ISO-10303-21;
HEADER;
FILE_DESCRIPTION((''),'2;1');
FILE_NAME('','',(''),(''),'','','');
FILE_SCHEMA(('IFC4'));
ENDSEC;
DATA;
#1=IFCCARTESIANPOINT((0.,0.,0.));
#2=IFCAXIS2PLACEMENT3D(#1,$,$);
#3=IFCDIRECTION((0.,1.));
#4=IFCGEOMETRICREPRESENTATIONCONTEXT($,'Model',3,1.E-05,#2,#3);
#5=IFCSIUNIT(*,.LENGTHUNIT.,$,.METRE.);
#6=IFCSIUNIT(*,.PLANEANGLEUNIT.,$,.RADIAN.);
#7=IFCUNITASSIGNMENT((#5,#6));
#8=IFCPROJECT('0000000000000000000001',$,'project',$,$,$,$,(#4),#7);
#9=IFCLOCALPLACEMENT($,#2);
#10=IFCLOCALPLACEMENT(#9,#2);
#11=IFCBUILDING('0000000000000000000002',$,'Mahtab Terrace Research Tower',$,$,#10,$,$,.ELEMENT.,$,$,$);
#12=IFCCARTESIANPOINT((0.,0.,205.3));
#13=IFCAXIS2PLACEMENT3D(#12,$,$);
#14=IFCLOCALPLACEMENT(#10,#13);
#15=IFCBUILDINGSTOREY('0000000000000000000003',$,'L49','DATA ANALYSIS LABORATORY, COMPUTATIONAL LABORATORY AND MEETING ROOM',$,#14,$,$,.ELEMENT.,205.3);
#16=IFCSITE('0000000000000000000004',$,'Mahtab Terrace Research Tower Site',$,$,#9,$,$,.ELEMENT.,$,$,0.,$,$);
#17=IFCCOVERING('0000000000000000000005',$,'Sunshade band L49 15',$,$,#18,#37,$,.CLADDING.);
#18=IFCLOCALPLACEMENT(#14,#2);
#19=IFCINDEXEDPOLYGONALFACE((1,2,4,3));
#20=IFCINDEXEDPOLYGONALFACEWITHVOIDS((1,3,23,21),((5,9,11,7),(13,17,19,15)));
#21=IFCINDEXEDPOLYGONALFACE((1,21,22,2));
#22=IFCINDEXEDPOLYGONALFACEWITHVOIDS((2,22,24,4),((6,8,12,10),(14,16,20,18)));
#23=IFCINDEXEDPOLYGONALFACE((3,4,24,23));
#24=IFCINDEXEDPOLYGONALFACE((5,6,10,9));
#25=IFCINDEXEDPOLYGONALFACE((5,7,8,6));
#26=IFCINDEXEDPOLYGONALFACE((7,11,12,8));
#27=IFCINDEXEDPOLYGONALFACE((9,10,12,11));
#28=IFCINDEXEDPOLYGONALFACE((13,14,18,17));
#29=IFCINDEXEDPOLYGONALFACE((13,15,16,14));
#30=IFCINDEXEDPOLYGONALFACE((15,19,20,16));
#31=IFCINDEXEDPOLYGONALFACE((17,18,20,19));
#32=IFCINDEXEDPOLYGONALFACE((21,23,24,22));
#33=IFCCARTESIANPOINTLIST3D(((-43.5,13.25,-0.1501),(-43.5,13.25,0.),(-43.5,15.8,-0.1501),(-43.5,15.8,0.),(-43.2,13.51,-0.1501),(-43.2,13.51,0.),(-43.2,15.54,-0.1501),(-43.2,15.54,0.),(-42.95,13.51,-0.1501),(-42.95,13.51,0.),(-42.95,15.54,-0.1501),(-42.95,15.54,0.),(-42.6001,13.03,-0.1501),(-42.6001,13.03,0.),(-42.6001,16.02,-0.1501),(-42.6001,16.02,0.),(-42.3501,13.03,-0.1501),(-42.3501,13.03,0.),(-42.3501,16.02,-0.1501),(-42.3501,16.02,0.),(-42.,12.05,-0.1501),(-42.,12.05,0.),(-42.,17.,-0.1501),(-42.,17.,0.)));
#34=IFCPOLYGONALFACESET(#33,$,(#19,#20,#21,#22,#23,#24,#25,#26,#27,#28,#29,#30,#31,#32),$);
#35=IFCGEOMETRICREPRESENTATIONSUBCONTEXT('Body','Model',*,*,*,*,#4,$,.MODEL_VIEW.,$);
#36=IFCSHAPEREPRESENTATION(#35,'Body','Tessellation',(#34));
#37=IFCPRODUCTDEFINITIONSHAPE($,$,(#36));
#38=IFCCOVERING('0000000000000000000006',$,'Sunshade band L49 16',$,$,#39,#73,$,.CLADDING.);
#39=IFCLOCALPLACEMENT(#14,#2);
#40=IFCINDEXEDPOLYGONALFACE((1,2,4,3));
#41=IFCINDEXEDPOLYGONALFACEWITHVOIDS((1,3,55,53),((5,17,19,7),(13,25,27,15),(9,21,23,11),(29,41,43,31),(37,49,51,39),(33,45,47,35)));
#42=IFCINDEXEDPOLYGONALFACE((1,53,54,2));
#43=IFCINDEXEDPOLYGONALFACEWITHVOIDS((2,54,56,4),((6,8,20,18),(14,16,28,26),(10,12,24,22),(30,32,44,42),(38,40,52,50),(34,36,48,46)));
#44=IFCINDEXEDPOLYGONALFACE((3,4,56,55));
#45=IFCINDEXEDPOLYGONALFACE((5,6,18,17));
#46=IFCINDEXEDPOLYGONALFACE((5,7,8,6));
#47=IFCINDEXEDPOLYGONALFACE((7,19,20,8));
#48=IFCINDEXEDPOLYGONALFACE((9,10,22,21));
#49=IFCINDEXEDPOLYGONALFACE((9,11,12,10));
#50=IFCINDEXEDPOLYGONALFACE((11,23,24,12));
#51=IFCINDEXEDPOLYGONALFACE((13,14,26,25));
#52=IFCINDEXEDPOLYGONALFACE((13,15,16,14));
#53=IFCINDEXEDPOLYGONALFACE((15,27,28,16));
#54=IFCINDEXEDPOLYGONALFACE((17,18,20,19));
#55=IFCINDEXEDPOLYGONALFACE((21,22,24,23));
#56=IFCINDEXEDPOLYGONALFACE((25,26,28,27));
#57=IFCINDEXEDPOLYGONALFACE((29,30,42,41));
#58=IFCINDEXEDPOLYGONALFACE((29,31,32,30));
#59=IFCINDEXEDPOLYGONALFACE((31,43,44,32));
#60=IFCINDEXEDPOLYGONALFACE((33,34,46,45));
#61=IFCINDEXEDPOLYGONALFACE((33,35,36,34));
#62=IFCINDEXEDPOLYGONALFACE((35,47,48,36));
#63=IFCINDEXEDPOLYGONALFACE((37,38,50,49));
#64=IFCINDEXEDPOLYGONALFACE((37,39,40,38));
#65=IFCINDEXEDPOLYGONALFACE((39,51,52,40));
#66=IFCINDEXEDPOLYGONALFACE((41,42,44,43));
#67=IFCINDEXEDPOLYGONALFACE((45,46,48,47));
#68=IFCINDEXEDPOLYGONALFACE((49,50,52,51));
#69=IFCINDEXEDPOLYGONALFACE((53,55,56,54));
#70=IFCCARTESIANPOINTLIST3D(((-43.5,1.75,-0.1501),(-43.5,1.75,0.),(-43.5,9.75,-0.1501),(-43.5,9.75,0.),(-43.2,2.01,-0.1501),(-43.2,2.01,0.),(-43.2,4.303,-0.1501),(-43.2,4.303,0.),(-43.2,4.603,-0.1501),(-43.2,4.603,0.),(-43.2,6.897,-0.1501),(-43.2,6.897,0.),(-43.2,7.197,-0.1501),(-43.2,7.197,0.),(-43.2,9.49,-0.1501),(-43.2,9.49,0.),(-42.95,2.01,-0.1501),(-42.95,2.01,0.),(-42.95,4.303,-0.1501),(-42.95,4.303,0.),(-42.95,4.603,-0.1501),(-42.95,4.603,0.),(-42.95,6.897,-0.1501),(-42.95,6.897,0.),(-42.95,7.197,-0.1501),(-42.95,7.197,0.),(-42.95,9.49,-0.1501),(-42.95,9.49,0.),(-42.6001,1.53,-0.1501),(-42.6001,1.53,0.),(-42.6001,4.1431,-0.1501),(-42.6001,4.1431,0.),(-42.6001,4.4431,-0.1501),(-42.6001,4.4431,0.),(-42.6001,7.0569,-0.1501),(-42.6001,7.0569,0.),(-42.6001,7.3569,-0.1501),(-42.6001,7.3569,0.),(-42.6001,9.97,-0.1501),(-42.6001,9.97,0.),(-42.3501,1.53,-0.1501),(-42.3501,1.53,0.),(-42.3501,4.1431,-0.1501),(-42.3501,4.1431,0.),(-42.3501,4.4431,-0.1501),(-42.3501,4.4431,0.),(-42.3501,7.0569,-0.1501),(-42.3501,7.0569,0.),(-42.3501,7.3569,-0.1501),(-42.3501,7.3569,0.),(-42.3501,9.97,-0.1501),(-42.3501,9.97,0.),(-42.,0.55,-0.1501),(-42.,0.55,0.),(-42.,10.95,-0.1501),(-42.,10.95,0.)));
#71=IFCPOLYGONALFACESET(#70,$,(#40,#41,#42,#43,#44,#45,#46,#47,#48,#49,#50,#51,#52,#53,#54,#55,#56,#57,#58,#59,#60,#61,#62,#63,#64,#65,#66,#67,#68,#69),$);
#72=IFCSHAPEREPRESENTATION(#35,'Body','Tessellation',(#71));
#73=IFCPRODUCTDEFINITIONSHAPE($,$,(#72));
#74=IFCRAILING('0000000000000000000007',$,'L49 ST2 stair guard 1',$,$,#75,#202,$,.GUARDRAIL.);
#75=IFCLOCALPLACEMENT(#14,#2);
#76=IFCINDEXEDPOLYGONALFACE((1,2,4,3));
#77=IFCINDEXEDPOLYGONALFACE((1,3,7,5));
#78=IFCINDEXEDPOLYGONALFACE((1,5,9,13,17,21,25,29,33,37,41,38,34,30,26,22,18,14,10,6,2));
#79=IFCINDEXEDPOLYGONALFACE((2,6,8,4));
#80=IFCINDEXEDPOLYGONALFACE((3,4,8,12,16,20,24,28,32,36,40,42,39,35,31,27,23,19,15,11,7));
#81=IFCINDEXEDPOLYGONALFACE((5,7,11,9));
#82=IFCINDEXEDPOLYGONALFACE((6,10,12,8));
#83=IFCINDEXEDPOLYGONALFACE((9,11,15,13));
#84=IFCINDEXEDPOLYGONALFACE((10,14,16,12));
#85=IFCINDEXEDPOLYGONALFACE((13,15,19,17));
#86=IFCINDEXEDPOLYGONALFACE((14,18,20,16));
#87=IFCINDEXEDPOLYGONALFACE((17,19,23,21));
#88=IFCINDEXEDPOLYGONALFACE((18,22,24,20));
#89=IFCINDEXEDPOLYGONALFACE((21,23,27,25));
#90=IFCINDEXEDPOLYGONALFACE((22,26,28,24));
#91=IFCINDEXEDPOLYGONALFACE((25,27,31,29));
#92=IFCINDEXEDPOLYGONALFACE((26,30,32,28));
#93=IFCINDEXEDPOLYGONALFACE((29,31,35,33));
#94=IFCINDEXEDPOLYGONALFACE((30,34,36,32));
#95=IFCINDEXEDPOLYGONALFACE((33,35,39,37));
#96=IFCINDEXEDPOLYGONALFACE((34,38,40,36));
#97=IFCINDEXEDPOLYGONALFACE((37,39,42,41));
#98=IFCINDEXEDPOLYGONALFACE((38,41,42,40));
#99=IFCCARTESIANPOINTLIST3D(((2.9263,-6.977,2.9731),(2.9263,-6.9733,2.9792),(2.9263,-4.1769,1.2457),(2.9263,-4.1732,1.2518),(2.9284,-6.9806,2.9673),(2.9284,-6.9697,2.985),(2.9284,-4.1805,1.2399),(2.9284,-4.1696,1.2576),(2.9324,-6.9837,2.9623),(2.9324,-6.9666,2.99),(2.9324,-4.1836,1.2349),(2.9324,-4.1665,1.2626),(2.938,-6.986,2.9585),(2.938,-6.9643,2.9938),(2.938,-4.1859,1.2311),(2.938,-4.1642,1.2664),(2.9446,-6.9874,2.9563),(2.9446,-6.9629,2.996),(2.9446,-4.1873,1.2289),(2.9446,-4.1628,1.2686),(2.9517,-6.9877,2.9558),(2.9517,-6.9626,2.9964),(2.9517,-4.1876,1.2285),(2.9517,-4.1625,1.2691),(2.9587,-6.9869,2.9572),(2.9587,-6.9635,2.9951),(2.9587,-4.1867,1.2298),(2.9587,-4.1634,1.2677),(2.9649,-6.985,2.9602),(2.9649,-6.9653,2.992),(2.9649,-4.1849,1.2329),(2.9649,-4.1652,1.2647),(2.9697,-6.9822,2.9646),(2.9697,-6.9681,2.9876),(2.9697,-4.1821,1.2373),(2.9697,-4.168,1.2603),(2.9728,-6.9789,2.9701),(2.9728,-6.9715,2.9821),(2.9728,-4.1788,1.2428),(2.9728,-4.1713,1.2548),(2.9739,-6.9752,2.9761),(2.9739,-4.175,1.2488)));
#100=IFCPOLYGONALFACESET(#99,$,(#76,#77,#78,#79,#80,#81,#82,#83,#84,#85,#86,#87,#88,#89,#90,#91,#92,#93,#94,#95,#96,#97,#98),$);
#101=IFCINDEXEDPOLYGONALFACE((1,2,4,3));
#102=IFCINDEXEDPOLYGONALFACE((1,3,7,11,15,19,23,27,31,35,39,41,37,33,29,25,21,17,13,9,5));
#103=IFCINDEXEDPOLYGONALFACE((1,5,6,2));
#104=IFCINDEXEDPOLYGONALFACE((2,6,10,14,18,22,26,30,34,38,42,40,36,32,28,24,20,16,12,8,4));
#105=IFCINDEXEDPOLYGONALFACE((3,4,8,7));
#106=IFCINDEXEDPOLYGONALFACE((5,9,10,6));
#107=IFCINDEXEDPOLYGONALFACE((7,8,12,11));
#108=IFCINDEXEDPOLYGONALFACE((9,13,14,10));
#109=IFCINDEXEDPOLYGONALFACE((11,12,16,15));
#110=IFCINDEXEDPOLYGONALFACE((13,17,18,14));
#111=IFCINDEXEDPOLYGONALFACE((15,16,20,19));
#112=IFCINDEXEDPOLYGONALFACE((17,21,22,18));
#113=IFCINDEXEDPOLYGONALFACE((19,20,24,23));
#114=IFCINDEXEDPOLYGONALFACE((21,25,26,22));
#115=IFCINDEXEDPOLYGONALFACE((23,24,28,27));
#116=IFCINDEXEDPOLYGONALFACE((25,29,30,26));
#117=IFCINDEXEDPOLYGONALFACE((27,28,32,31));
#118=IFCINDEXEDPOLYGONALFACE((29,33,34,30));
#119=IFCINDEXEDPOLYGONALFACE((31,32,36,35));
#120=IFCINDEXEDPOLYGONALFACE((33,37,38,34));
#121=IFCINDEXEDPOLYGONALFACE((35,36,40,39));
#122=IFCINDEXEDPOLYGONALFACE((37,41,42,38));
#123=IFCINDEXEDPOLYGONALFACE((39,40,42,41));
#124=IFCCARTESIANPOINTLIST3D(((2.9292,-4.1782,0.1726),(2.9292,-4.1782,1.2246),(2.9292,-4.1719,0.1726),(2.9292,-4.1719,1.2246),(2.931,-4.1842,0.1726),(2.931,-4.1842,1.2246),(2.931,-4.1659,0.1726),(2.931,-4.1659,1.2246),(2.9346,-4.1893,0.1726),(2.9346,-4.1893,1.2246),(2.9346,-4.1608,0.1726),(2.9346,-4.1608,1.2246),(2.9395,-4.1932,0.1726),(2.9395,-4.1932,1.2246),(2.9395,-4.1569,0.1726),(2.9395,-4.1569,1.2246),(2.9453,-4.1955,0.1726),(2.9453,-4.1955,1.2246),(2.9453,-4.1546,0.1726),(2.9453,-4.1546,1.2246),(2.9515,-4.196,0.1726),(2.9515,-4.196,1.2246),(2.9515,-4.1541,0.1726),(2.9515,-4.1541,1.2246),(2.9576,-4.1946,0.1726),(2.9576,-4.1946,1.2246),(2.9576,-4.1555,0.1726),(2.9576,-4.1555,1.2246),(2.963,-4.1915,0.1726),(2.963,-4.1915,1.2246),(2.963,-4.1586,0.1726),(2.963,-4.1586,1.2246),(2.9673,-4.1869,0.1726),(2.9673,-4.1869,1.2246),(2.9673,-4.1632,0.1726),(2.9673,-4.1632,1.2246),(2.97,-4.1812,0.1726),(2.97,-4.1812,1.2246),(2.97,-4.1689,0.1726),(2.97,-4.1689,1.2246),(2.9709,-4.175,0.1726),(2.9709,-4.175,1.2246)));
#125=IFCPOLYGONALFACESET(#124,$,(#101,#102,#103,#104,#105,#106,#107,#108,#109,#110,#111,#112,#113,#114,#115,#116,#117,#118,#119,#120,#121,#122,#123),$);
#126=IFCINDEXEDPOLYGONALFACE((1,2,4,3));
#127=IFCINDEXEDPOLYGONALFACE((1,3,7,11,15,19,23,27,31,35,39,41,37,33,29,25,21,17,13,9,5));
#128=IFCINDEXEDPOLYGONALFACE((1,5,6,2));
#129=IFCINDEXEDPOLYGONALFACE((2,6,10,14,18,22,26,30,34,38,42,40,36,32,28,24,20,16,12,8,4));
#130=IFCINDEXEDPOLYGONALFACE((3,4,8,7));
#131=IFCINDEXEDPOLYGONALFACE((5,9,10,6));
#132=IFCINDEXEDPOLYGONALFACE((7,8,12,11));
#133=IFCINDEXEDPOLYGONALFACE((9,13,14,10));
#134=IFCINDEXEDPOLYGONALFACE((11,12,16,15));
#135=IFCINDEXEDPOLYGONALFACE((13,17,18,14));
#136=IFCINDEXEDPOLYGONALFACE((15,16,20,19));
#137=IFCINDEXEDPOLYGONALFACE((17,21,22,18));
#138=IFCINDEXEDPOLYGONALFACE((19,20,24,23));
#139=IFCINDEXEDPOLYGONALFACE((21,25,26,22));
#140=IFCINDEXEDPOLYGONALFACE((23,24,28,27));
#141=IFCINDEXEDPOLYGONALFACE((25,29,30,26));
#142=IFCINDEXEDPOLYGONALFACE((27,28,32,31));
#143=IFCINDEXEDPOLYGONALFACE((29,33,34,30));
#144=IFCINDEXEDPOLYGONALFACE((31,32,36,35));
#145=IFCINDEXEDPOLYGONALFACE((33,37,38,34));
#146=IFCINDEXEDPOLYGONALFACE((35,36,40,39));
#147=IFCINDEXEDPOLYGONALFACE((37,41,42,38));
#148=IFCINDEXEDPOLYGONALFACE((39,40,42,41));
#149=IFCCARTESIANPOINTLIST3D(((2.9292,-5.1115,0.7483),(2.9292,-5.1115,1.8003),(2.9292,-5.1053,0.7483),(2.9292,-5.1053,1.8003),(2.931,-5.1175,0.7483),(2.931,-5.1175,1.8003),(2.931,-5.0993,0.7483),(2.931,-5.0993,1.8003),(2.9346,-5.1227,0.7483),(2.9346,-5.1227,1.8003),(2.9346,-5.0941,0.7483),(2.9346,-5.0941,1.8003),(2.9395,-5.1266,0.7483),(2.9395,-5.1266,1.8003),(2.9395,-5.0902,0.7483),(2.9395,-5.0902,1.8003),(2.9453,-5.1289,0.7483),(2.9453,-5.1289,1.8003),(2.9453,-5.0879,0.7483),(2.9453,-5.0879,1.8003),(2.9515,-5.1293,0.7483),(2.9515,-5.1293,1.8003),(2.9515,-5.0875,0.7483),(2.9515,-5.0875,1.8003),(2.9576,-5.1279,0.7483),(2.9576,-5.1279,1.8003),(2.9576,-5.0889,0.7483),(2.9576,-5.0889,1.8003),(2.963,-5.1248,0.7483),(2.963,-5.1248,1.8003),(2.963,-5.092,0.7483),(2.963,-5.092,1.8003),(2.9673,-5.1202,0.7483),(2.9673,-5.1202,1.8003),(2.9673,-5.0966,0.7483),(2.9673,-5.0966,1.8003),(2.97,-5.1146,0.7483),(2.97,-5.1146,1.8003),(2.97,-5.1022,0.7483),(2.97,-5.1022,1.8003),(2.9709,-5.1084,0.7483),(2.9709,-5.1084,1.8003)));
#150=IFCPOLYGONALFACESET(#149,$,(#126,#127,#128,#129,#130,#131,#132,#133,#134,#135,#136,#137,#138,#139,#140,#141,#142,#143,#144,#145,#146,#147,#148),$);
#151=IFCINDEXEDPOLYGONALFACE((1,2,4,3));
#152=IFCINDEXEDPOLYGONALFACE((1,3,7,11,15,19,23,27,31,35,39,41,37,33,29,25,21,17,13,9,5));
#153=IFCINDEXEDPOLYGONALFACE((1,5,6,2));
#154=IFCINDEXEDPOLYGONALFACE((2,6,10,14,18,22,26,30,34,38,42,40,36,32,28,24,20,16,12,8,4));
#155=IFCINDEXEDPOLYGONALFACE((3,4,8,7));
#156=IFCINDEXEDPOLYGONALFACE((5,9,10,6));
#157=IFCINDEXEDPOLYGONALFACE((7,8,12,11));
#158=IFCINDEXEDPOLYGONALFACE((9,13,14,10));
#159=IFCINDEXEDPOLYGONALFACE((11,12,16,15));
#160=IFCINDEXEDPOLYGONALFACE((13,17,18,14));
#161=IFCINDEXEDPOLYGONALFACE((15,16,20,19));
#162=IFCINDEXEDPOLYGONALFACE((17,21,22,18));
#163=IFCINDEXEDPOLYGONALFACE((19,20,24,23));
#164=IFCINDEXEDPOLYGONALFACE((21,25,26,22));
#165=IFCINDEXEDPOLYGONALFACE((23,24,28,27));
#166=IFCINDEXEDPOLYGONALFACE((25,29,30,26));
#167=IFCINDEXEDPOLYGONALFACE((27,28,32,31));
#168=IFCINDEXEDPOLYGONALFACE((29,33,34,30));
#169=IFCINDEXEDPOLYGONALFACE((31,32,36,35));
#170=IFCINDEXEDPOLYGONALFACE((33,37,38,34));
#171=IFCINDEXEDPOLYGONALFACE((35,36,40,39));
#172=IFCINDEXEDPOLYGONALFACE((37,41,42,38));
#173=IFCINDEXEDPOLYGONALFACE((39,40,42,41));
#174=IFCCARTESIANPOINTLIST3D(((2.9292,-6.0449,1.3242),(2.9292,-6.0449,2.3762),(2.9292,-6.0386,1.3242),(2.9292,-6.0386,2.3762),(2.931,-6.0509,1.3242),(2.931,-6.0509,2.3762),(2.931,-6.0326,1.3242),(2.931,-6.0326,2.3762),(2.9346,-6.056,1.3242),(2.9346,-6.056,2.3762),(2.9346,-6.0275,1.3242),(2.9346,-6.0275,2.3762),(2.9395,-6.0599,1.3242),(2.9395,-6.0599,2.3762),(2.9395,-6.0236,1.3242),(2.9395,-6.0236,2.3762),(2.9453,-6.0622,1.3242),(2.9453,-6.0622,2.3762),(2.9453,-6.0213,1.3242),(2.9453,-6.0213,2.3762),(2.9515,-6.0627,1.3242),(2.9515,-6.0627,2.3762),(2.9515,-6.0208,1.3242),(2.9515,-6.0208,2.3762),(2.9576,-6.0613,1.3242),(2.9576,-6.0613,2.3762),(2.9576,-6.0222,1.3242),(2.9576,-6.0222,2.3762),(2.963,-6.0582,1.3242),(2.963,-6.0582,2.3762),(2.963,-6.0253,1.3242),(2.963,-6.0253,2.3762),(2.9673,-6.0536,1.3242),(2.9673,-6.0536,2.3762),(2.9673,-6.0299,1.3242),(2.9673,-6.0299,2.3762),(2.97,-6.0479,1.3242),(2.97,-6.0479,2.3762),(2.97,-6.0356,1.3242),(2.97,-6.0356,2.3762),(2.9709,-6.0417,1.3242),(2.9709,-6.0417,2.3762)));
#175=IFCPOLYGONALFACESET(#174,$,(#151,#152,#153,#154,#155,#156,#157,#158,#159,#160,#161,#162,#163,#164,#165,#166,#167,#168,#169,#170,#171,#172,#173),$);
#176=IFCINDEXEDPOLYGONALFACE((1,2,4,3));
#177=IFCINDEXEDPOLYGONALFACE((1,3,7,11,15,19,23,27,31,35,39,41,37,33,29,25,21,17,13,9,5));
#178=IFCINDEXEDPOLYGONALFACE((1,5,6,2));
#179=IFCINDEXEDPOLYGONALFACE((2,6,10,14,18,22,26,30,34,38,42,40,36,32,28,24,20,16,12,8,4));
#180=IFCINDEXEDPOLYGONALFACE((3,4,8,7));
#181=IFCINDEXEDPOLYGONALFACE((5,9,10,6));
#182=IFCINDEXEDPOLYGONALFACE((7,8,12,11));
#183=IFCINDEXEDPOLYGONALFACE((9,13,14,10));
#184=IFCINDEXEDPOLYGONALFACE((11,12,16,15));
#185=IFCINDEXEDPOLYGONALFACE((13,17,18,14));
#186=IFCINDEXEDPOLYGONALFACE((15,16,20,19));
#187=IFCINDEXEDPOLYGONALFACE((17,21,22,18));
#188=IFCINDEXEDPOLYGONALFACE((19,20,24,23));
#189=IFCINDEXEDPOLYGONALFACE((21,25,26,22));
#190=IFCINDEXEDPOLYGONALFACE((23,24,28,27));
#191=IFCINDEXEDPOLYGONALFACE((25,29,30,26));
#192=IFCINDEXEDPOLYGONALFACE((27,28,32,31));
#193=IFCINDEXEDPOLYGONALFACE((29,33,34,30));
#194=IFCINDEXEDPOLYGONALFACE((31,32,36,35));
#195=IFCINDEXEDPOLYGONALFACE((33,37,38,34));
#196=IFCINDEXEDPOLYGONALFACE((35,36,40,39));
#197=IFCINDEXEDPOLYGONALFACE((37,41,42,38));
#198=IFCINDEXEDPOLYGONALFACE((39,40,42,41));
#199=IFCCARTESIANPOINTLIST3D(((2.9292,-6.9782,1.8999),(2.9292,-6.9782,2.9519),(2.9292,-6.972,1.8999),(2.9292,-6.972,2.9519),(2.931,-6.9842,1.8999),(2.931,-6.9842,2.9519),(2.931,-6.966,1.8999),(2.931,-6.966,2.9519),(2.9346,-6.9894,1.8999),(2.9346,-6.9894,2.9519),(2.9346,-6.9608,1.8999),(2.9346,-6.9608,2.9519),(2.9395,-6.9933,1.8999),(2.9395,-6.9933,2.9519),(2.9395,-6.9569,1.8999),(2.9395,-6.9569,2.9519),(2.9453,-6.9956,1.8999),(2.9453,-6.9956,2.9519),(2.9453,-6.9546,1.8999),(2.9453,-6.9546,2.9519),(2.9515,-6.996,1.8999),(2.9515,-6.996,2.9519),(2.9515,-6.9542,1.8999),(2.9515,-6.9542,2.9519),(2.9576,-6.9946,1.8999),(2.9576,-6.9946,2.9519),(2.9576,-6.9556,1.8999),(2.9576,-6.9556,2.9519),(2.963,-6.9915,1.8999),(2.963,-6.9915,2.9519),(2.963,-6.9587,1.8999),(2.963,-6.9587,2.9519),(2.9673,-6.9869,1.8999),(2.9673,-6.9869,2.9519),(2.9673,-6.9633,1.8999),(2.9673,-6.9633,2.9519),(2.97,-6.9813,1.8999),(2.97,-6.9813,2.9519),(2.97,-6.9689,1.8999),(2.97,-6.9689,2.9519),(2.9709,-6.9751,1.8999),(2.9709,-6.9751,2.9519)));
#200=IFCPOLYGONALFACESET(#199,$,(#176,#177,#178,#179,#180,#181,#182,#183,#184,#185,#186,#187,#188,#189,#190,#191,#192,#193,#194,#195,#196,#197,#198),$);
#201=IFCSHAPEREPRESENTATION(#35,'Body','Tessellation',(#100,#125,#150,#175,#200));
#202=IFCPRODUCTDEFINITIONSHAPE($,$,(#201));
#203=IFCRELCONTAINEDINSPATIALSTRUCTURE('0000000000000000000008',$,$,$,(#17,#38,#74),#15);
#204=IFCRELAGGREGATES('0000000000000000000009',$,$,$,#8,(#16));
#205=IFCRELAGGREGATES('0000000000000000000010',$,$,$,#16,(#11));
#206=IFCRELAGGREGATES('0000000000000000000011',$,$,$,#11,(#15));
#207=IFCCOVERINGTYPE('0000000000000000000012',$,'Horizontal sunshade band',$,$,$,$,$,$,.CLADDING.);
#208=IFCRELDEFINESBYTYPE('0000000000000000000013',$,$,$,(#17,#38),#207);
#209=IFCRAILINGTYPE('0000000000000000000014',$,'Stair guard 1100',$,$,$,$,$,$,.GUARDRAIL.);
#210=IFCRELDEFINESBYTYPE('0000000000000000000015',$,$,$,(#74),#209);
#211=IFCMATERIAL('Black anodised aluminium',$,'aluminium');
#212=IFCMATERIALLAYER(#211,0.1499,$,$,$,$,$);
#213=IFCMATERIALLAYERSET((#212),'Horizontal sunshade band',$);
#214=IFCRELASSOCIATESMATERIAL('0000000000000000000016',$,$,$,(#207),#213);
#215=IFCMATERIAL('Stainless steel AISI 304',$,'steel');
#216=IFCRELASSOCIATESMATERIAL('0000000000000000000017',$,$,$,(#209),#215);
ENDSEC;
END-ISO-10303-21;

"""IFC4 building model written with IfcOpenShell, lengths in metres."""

from ifc_helpers import new_model, si_unit, direction, frame, origin, origin_2d, place, context, subcontext, project, spatial, polyline, circle, outline, extrude, material, layer, layer_set, type_object, element, save


model = new_model("IFC4")

# Units and contexts
model_context = context("Model", 3, precision=1e-05, world=origin(), true_north=direction((0.0, 1.0)))
body_context = subcontext(model_context, "Body", "Model", "MODEL_VIEW")
ifc_project = project(units=[si_unit("LENGTHUNIT", "METRE"), si_unit("PLANEANGLEUNIT", "RADIAN")], contexts=[model_context])

# Site, building, storey
site_placement = place(None, origin())
site = spatial("IfcSite", under=ifc_project, at=site_placement, Name="Mahtab Terrace Research Tower Site", CompositionType="ELEMENT", RefElevation=0.0)
building_placement = place(site_placement, origin())
building = spatial("IfcBuilding", under=site, at=building_placement, Name="Mahtab Terrace Research Tower", CompositionType="ELEMENT")
storey_placement = place(building_placement, frame((0.0, 0.0, 205.3)))
storey = spatial("IfcBuildingStorey", under=building, at=storey_placement, Name="L49", Description="DATA ANALYSIS LABORATORY, COMPUTATIONAL LABORATORY AND MEETING ROOM", CompositionType="ELEMENT", Elevation=205.3)

# Coverings
ifc_material_1 = material(Name="Black anodised aluminium", Category="aluminium")
ifc_layer_1 = layer(ifc_material_1, 0.1499)
ifc_layer_set_1 = layer_set([ifc_layer_1], Name="Horizontal sunshade band")
covering_type = type_object("IfcCoveringType", Name="Horizontal sunshade band", PredefinedType="CLADDING", material=ifc_layer_set_1)
covering_1_placement = place(storey_placement, frame((0.0, 0.0, -0.1501)))
element("IfcCovering", 1, at=covering_1_placement, inside=storey, type_object=covering_type, Name="Sunshade band L49 15", PredefinedType="CLADDING", context=body_context, shape_type="SweptSolid", body=[
    extrude(outline(polyline([(-42.0, 17.0), (-42.0, 12.05), (-43.5, 13.25), (-43.5, 15.8), (-42.0, 17.0)]), holes=[polyline([(-42.3501, 16.02), (-42.3501, 13.03), (-42.6001, 13.03), (-42.6001, 16.02), (-42.3501, 16.02)]), polyline([(-42.95, 15.54), (-42.95, 13.51), (-43.2, 13.51), (-43.2, 15.54), (-42.95, 15.54)])]), origin(), (0.0, 0.0, 1.0), 0.1501),
])
covering_2_placement = place(storey_placement, frame((0.0, 0.0, -0.1501)))
element("IfcCovering", 2, at=covering_2_placement, inside=storey, type_object=covering_type, Name="Sunshade band L49 16", PredefinedType="CLADDING", context=body_context, shape_type="SweptSolid", body=[
    extrude(outline(polyline([(-42.0, 10.95), (-42.0, 0.55), (-43.5, 1.75), (-43.5, 9.75), (-42.0, 10.95)]), holes=[polyline([(-42.3501, 9.97), (-42.3501, 7.3569), (-42.6001, 7.3569), (-42.6001, 9.97), (-42.3501, 9.97)]), polyline([(-42.3501, 7.0569), (-42.3501, 4.4431), (-42.6001, 4.4431), (-42.6001, 7.0569), (-42.3501, 7.0569)]), polyline([(-42.3501, 4.1431), (-42.3501, 1.53), (-42.6001, 1.53), (-42.6001, 4.1431), (-42.3501, 4.1431)]), polyline([(-42.95, 9.49), (-42.95, 7.197), (-43.2, 7.197), (-43.2, 9.49), (-42.95, 9.49)]), polyline([(-42.95, 6.897), (-42.95, 4.603), (-43.2, 4.603), (-43.2, 6.897), (-42.95, 6.897)]), polyline([(-42.95, 4.303), (-42.95, 2.01), (-43.2, 2.01), (-43.2, 4.303), (-42.95, 4.303)])]), origin(), (0.0, 0.0, 1.0), 0.1501),
])

# Railing
ifc_material_2 = material(Name="Stainless steel AISI 304", Category="steel")
railing_type_1 = type_object("IfcRailingType", Name="Stair guard 1100", PredefinedType="GUARDRAIL", material=ifc_material_2)
railing_1_placement = place(storey_placement, frame((2.95, -4.175, 0.1726)))
element("IfcRailing", 3, at=railing_1_placement, inside=storey, type_object=railing_type_1, Name="L49 ST2 stair guard 1", PredefinedType="GUARDRAIL", context=body_context, shape_type="SweptSolid", body=[
    extrude(circle(Radius=0.0239, at=origin_2d()), frame((0.0, 0.0, 1.0762), z_axis=(0.0, -0.85109, 0.52502), x_axis=(1.0, 0.0, 0.0)), (0.0, 0.0, 1.0), 3.29),
    extrude(circle(Radius=0.021, at=origin_2d()), origin(), (0.0, 0.0, 1.0), 1.052),
    extrude(circle(Radius=0.021, at=origin_2d()), frame((0.0, -0.9333, 0.5757)), (0.0, 0.0, 1.0), 1.052),
    extrude(circle(Radius=0.021, at=origin_2d()), frame((0.0, -1.8667, 1.1516)), (0.0, 0.0, 1.0), 1.052),
    extrude(circle(Radius=0.021, at=origin_2d()), frame((0.0, -2.8, 1.7273)), (0.0, 0.0, 1.0), 1.052),
])

save(model, "model.ifc")
